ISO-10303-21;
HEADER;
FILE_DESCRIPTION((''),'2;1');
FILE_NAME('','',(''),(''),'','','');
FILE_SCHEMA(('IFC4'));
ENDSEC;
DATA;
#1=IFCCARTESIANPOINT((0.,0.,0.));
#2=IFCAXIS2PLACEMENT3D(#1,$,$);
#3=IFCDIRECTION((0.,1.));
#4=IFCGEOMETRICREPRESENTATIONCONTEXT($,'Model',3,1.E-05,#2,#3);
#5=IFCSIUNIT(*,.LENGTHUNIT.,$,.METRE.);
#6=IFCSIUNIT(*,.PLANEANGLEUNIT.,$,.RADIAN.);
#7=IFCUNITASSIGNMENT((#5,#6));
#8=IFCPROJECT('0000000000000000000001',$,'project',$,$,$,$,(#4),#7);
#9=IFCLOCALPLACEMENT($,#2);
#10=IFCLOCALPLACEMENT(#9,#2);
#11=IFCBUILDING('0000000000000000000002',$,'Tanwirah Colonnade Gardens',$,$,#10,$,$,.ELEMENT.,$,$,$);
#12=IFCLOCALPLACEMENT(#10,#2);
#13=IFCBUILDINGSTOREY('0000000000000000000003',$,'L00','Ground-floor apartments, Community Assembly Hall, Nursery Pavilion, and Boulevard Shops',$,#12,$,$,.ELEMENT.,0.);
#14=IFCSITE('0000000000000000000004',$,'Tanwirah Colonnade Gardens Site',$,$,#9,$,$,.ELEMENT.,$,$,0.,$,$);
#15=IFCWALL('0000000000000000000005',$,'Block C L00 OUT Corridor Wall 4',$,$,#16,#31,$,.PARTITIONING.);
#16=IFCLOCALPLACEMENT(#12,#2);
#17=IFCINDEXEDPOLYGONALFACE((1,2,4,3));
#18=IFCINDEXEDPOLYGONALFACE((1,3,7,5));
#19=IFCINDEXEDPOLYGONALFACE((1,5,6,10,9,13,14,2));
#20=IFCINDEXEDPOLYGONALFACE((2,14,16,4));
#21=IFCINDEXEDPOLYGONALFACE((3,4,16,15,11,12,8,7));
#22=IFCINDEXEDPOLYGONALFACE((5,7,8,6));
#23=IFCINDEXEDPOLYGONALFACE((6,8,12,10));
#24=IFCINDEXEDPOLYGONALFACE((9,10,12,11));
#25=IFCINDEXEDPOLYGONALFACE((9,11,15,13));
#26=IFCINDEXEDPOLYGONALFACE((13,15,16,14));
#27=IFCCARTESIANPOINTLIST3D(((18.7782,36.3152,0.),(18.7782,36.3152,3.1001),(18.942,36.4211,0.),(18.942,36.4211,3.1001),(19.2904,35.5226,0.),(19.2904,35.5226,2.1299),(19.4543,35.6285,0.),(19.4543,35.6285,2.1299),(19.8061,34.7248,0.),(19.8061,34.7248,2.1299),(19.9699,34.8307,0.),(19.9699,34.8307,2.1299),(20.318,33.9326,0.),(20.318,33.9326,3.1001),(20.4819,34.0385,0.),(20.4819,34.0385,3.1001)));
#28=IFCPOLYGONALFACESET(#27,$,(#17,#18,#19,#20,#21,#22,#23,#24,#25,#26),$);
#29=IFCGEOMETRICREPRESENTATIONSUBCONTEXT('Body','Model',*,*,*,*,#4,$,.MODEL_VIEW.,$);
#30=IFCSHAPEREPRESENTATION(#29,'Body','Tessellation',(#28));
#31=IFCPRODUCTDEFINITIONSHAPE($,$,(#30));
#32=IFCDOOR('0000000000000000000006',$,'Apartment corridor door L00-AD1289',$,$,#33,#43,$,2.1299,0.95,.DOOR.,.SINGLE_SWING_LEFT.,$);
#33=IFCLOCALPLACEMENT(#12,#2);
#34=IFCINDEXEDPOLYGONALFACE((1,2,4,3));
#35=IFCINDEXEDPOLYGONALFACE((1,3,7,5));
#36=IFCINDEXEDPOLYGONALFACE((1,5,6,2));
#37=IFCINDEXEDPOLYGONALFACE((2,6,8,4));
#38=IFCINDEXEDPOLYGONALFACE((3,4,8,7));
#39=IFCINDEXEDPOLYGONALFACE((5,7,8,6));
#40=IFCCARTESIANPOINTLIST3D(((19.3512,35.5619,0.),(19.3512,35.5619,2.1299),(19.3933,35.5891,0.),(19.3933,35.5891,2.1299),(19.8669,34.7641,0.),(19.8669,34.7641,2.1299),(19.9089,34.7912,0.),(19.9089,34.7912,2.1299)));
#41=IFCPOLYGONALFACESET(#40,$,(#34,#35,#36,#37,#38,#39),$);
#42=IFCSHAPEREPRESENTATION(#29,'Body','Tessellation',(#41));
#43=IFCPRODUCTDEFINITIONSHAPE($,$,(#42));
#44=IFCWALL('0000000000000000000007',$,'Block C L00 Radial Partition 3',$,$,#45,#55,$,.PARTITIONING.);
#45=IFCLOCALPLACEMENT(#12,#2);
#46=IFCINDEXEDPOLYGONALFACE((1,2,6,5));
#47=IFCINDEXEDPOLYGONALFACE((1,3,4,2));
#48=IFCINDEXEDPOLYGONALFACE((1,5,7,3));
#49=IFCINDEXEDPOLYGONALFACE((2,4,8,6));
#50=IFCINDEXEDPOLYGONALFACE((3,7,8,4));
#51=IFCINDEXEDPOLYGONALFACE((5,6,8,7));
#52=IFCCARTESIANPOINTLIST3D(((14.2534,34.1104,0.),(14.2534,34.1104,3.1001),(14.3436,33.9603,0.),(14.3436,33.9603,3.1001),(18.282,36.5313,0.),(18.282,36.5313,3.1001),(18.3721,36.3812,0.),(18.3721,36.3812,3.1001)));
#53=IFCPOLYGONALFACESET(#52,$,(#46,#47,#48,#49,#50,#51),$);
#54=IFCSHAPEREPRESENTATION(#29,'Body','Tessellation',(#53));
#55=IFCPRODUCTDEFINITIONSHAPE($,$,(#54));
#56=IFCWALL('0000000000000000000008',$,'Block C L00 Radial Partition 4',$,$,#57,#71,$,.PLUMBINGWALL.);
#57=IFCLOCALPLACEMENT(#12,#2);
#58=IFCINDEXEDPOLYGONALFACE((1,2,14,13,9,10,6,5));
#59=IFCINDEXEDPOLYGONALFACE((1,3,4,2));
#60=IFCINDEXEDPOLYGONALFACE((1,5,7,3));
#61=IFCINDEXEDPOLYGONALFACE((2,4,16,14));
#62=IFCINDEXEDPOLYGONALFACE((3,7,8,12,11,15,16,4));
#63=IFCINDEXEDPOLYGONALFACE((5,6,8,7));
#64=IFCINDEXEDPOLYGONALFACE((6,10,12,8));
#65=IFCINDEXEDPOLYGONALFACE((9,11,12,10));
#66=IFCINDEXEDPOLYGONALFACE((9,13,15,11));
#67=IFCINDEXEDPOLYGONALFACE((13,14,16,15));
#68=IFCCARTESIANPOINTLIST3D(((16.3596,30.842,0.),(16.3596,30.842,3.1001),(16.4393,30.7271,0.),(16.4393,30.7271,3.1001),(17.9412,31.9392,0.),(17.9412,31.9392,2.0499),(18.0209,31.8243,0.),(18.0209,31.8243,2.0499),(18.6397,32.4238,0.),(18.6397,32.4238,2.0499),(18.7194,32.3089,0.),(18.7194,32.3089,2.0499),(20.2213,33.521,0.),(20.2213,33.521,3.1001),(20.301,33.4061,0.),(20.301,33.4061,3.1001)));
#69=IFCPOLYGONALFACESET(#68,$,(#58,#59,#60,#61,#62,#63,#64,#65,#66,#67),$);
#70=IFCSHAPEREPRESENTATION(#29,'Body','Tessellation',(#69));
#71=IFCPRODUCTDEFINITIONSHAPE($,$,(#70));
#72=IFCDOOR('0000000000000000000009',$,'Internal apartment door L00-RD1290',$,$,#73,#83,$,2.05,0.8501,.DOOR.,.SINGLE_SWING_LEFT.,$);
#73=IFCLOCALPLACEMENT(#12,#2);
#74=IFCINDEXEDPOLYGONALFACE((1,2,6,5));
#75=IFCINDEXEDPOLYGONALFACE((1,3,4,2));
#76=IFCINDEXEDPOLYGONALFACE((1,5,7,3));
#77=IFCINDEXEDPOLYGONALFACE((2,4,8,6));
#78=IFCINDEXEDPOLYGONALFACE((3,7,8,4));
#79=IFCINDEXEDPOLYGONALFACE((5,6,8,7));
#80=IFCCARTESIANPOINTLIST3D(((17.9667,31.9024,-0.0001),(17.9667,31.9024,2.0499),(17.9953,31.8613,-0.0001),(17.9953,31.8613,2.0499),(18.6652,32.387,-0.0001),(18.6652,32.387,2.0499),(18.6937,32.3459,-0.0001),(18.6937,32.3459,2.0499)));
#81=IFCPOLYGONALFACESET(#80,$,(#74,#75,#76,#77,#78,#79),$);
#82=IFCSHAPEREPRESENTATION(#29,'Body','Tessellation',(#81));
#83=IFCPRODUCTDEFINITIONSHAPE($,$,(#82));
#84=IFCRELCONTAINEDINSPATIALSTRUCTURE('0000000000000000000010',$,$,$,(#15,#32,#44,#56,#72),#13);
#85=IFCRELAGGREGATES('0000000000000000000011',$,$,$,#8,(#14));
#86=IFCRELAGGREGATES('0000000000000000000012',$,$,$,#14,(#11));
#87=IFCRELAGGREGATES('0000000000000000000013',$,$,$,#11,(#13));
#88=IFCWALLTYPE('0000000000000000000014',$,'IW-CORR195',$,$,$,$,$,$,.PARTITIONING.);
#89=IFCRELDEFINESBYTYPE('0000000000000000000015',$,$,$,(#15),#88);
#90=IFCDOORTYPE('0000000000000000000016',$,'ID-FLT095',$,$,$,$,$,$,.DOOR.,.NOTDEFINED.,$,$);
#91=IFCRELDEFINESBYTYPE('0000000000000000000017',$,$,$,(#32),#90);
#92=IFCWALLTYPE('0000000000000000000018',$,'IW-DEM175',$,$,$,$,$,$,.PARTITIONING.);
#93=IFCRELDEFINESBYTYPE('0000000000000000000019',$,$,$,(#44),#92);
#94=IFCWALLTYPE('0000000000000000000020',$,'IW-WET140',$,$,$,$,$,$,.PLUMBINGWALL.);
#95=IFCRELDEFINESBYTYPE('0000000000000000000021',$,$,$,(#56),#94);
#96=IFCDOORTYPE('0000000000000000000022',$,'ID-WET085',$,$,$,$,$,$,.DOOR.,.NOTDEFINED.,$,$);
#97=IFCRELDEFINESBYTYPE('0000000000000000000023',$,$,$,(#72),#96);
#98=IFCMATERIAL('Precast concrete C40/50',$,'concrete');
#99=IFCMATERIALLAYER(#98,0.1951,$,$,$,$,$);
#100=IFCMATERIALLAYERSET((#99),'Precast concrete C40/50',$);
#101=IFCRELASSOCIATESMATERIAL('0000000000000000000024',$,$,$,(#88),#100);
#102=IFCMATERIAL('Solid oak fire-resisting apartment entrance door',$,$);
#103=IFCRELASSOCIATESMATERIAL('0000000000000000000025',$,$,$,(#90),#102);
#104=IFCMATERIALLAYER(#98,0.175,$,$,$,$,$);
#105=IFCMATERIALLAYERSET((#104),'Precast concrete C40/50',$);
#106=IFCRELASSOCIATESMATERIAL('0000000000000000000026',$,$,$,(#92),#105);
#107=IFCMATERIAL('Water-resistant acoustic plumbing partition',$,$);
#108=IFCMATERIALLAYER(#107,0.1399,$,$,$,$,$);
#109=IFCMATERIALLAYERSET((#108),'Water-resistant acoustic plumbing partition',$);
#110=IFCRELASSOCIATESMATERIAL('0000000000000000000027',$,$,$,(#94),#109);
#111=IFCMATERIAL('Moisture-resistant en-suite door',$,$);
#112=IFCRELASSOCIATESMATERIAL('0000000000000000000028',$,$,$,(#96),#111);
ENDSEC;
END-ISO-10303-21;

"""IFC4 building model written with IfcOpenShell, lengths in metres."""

from ifc_helpers import new_model, si_unit, direction, frame, frame_2d, origin, place, context, subcontext, project, spatial, rectangle, extrude, material, layer, layer_set, type_object, element, fill, save


model = new_model("IFC4")

# Units and contexts
model_context = context("Model", 3, precision=1e-05, world=origin(), true_north=direction((0.0, 1.0)))
body_context = subcontext(model_context, "Body", "Model", "MODEL_VIEW")
ifc_project = project(units=[si_unit("LENGTHUNIT", "METRE"), si_unit("PLANEANGLEUNIT", "RADIAN")], contexts=[model_context])

# Site, building, storey
site_placement = place(None, origin())
site = spatial("IfcSite", under=ifc_project, at=site_placement, Name="Tanwirah Colonnade Gardens Site", CompositionType="ELEMENT", RefElevation=0.0)
building_placement = place(site_placement, origin())
building = spatial("IfcBuilding", under=site, at=building_placement, Name="Tanwirah Colonnade Gardens", CompositionType="ELEMENT")
storey_placement = place(building_placement, origin())
storey = spatial("IfcBuildingStorey", under=building, at=storey_placement, Name="L00", Description="Ground-floor apartments, Community Assembly Hall, Nursery Pavilion, and Boulevard Shops", CompositionType="ELEMENT", Elevation=0.0)

# Shared definitions
ifc_material_1 = material(Name="Precast concrete C40/50", Category="concrete")

# Wall, opening, door
ifc_layer_1 = layer(ifc_material_1, 0.1951)
ifc_layer_set_1 = layer_set([ifc_layer_1], Name="Precast concrete C40/50")
wall_type_1 = type_object("IfcWallType", Name="IW-CORR195", PredefinedType="PARTITIONING", material=ifc_layer_set_1)
wall_1_placement = place(storey_placement, frame((18.8601, 36.3682, 0.0), z_axis=(0.0, 0.0, 1.0), x_axis=(0.542787, -0.83987, 0.0)))
wall_1 = element("IfcWall", 1, at=wall_1_placement, inside=storey, type_object=wall_type_1, Name="Block C L00 OUT Corridor Wall 4", PredefinedType="PARTITIONING", context=body_context, shape_type="SweptSolid", body=[
    extrude(rectangle(XDim=2.8369, YDim=0.1951, at=frame_2d((1.4185, 0.0))), origin(), (0.0, 0.0, 1.0), 3.1001),
])
opening_1_placement = place(wall_1_placement, frame((0.9436, 0.0, 0.0)))
opening_1 = element("IfcOpeningElement", 2, at=opening_1_placement, cuts=wall_1, PredefinedType="OPENING", context=body_context, shape_type="SweptSolid", body=[
    extrude(rectangle(XDim=0.95, YDim=2.1299, at=frame_2d((0.4751, 1.0649))), frame((0.0, 0.1074, 0.0), z_axis=(0.0, -1.0, 0.0), x_axis=(1.0, 0.0, 0.0)), (0.0, 0.0, 1.0), 0.2151),
])
ifc_material_2 = material(Name="Solid oak fire-resisting apartment entrance door")
door_type_1 = type_object("IfcDoorType", Name="ID-FLT095", OperationType="NOTDEFINED", PredefinedType="DOOR", material=ifc_material_2)
door_1_placement = place(opening_1_placement, origin())
door_1 = element("IfcDoor", 3, at=door_1_placement, inside=storey, type_object=door_type_1, Name="Apartment corridor door L00-AD1289", OperationType="SINGLE_SWING_LEFT", OverallHeight=2.1299, OverallWidth=0.95, PredefinedType="DOOR", context=body_context, shape_type="SweptSolid", body=[
    extrude(rectangle(XDim=0.95, YDim=2.1299, at=frame_2d((0.4751, 1.0649))), frame((0.0, 0.0249, 0.0), z_axis=(0.0, -1.0, 0.0), x_axis=(1.0, 0.0, 0.0)), (0.0, 0.0, 1.0), 0.05),
])
fill(opening_1, door_1)

# Wall
ifc_layer_2 = layer(ifc_material_1, 0.175)
ifc_layer_set_2 = layer_set([ifc_layer_2], Name="Precast concrete C40/50")
wall_type_2 = type_object("IfcWallType", Name="IW-DEM175", PredefinedType="PARTITIONING", material=ifc_layer_set_2)
wall_2_placement = place(storey_placement, frame((18.3271, 36.4563, 0.0), z_axis=(0.0, 0.0, 1.0), x_axis=(-0.85714, -0.515084, 0.0)))
element("IfcWall", 4, at=wall_2_placement, inside=storey, type_object=wall_type_2, Name="Block C L00 Radial Partition 3", PredefinedType="PARTITIONING", context=body_context, shape_type="SweptSolid", body=[
    extrude(rectangle(XDim=4.7, YDim=0.175, at=frame_2d((2.3501, 0.0))), origin(), (0.0, 0.0, 1.0), 3.1001),
])

# Wall, opening, door
ifc_material_3 = material(Name="Water-resistant acoustic plumbing partition")
ifc_layer_3 = layer(ifc_material_3, 0.1399)
ifc_layer_set_3 = layer_set([ifc_layer_3], Name="Water-resistant acoustic plumbing partition")
wall_type_3 = type_object("IfcWallType", Name="IW-WET140", PredefinedType="PLUMBINGWALL", material=ifc_layer_set_3)
wall_3_placement = place(storey_placement, frame((20.2612, 33.4636, 0.0), z_axis=(0.0, 0.0, 1.0), x_axis=(-0.821638, -0.570009, 0.0)))
wall_3 = element("IfcWall", 5, at=wall_3_placement, inside=storey, type_object=wall_type_3, Name="Block C L00 Radial Partition 4", PredefinedType="PLUMBINGWALL", context=body_context, shape_type="SweptSolid", body=[
    extrude(rectangle(XDim=4.7, YDim=0.1399, at=frame_2d((2.3501, 0.0))), origin(), (0.0, 0.0, 1.0), 3.1001),
])
opening_2_placement = place(wall_3_placement, frame((1.925, 0.0, 0.0)))
opening_2 = element("IfcOpeningElement", 6, at=opening_2_placement, cuts=wall_3, PredefinedType="OPENING", context=body_context, shape_type="SweptSolid", body=[
    extrude(rectangle(XDim=0.8501, YDim=2.05, at=frame_2d((0.425, 1.0249))), frame((0.0, 0.0798, 0.0), z_axis=(0.0, -1.0, 0.0), x_axis=(1.0, 0.0, 0.0)), (0.0, 0.0, 1.0), 0.1599),
])
ifc_material_4 = material(Name="Moisture-resistant en-suite door")
door_type_2 = type_object("IfcDoorType", Name="ID-WET085", OperationType="NOTDEFINED", PredefinedType="DOOR", material=ifc_material_4)
door_2_placement = place(opening_2_placement, origin())
door_2 = element("IfcDoor", 7, at=door_2_placement, inside=storey, type_object=door_type_2, Name="Internal apartment door L00-RD1290", OperationType="SINGLE_SWING_LEFT", OverallHeight=2.05, OverallWidth=0.8501, PredefinedType="DOOR", context=body_context, shape_type="SweptSolid", body=[
    extrude(rectangle(XDim=0.8501, YDim=2.05, at=frame_2d((0.425, 1.0249))), frame((0.0, 0.0249, 0.0), z_axis=(0.0, -1.0, 0.0), x_axis=(1.0, 0.0, 0.0)), (0.0, 0.0, 1.0), 0.05),
])
fill(opening_2, door_2)

save(model, "model.ifc")
